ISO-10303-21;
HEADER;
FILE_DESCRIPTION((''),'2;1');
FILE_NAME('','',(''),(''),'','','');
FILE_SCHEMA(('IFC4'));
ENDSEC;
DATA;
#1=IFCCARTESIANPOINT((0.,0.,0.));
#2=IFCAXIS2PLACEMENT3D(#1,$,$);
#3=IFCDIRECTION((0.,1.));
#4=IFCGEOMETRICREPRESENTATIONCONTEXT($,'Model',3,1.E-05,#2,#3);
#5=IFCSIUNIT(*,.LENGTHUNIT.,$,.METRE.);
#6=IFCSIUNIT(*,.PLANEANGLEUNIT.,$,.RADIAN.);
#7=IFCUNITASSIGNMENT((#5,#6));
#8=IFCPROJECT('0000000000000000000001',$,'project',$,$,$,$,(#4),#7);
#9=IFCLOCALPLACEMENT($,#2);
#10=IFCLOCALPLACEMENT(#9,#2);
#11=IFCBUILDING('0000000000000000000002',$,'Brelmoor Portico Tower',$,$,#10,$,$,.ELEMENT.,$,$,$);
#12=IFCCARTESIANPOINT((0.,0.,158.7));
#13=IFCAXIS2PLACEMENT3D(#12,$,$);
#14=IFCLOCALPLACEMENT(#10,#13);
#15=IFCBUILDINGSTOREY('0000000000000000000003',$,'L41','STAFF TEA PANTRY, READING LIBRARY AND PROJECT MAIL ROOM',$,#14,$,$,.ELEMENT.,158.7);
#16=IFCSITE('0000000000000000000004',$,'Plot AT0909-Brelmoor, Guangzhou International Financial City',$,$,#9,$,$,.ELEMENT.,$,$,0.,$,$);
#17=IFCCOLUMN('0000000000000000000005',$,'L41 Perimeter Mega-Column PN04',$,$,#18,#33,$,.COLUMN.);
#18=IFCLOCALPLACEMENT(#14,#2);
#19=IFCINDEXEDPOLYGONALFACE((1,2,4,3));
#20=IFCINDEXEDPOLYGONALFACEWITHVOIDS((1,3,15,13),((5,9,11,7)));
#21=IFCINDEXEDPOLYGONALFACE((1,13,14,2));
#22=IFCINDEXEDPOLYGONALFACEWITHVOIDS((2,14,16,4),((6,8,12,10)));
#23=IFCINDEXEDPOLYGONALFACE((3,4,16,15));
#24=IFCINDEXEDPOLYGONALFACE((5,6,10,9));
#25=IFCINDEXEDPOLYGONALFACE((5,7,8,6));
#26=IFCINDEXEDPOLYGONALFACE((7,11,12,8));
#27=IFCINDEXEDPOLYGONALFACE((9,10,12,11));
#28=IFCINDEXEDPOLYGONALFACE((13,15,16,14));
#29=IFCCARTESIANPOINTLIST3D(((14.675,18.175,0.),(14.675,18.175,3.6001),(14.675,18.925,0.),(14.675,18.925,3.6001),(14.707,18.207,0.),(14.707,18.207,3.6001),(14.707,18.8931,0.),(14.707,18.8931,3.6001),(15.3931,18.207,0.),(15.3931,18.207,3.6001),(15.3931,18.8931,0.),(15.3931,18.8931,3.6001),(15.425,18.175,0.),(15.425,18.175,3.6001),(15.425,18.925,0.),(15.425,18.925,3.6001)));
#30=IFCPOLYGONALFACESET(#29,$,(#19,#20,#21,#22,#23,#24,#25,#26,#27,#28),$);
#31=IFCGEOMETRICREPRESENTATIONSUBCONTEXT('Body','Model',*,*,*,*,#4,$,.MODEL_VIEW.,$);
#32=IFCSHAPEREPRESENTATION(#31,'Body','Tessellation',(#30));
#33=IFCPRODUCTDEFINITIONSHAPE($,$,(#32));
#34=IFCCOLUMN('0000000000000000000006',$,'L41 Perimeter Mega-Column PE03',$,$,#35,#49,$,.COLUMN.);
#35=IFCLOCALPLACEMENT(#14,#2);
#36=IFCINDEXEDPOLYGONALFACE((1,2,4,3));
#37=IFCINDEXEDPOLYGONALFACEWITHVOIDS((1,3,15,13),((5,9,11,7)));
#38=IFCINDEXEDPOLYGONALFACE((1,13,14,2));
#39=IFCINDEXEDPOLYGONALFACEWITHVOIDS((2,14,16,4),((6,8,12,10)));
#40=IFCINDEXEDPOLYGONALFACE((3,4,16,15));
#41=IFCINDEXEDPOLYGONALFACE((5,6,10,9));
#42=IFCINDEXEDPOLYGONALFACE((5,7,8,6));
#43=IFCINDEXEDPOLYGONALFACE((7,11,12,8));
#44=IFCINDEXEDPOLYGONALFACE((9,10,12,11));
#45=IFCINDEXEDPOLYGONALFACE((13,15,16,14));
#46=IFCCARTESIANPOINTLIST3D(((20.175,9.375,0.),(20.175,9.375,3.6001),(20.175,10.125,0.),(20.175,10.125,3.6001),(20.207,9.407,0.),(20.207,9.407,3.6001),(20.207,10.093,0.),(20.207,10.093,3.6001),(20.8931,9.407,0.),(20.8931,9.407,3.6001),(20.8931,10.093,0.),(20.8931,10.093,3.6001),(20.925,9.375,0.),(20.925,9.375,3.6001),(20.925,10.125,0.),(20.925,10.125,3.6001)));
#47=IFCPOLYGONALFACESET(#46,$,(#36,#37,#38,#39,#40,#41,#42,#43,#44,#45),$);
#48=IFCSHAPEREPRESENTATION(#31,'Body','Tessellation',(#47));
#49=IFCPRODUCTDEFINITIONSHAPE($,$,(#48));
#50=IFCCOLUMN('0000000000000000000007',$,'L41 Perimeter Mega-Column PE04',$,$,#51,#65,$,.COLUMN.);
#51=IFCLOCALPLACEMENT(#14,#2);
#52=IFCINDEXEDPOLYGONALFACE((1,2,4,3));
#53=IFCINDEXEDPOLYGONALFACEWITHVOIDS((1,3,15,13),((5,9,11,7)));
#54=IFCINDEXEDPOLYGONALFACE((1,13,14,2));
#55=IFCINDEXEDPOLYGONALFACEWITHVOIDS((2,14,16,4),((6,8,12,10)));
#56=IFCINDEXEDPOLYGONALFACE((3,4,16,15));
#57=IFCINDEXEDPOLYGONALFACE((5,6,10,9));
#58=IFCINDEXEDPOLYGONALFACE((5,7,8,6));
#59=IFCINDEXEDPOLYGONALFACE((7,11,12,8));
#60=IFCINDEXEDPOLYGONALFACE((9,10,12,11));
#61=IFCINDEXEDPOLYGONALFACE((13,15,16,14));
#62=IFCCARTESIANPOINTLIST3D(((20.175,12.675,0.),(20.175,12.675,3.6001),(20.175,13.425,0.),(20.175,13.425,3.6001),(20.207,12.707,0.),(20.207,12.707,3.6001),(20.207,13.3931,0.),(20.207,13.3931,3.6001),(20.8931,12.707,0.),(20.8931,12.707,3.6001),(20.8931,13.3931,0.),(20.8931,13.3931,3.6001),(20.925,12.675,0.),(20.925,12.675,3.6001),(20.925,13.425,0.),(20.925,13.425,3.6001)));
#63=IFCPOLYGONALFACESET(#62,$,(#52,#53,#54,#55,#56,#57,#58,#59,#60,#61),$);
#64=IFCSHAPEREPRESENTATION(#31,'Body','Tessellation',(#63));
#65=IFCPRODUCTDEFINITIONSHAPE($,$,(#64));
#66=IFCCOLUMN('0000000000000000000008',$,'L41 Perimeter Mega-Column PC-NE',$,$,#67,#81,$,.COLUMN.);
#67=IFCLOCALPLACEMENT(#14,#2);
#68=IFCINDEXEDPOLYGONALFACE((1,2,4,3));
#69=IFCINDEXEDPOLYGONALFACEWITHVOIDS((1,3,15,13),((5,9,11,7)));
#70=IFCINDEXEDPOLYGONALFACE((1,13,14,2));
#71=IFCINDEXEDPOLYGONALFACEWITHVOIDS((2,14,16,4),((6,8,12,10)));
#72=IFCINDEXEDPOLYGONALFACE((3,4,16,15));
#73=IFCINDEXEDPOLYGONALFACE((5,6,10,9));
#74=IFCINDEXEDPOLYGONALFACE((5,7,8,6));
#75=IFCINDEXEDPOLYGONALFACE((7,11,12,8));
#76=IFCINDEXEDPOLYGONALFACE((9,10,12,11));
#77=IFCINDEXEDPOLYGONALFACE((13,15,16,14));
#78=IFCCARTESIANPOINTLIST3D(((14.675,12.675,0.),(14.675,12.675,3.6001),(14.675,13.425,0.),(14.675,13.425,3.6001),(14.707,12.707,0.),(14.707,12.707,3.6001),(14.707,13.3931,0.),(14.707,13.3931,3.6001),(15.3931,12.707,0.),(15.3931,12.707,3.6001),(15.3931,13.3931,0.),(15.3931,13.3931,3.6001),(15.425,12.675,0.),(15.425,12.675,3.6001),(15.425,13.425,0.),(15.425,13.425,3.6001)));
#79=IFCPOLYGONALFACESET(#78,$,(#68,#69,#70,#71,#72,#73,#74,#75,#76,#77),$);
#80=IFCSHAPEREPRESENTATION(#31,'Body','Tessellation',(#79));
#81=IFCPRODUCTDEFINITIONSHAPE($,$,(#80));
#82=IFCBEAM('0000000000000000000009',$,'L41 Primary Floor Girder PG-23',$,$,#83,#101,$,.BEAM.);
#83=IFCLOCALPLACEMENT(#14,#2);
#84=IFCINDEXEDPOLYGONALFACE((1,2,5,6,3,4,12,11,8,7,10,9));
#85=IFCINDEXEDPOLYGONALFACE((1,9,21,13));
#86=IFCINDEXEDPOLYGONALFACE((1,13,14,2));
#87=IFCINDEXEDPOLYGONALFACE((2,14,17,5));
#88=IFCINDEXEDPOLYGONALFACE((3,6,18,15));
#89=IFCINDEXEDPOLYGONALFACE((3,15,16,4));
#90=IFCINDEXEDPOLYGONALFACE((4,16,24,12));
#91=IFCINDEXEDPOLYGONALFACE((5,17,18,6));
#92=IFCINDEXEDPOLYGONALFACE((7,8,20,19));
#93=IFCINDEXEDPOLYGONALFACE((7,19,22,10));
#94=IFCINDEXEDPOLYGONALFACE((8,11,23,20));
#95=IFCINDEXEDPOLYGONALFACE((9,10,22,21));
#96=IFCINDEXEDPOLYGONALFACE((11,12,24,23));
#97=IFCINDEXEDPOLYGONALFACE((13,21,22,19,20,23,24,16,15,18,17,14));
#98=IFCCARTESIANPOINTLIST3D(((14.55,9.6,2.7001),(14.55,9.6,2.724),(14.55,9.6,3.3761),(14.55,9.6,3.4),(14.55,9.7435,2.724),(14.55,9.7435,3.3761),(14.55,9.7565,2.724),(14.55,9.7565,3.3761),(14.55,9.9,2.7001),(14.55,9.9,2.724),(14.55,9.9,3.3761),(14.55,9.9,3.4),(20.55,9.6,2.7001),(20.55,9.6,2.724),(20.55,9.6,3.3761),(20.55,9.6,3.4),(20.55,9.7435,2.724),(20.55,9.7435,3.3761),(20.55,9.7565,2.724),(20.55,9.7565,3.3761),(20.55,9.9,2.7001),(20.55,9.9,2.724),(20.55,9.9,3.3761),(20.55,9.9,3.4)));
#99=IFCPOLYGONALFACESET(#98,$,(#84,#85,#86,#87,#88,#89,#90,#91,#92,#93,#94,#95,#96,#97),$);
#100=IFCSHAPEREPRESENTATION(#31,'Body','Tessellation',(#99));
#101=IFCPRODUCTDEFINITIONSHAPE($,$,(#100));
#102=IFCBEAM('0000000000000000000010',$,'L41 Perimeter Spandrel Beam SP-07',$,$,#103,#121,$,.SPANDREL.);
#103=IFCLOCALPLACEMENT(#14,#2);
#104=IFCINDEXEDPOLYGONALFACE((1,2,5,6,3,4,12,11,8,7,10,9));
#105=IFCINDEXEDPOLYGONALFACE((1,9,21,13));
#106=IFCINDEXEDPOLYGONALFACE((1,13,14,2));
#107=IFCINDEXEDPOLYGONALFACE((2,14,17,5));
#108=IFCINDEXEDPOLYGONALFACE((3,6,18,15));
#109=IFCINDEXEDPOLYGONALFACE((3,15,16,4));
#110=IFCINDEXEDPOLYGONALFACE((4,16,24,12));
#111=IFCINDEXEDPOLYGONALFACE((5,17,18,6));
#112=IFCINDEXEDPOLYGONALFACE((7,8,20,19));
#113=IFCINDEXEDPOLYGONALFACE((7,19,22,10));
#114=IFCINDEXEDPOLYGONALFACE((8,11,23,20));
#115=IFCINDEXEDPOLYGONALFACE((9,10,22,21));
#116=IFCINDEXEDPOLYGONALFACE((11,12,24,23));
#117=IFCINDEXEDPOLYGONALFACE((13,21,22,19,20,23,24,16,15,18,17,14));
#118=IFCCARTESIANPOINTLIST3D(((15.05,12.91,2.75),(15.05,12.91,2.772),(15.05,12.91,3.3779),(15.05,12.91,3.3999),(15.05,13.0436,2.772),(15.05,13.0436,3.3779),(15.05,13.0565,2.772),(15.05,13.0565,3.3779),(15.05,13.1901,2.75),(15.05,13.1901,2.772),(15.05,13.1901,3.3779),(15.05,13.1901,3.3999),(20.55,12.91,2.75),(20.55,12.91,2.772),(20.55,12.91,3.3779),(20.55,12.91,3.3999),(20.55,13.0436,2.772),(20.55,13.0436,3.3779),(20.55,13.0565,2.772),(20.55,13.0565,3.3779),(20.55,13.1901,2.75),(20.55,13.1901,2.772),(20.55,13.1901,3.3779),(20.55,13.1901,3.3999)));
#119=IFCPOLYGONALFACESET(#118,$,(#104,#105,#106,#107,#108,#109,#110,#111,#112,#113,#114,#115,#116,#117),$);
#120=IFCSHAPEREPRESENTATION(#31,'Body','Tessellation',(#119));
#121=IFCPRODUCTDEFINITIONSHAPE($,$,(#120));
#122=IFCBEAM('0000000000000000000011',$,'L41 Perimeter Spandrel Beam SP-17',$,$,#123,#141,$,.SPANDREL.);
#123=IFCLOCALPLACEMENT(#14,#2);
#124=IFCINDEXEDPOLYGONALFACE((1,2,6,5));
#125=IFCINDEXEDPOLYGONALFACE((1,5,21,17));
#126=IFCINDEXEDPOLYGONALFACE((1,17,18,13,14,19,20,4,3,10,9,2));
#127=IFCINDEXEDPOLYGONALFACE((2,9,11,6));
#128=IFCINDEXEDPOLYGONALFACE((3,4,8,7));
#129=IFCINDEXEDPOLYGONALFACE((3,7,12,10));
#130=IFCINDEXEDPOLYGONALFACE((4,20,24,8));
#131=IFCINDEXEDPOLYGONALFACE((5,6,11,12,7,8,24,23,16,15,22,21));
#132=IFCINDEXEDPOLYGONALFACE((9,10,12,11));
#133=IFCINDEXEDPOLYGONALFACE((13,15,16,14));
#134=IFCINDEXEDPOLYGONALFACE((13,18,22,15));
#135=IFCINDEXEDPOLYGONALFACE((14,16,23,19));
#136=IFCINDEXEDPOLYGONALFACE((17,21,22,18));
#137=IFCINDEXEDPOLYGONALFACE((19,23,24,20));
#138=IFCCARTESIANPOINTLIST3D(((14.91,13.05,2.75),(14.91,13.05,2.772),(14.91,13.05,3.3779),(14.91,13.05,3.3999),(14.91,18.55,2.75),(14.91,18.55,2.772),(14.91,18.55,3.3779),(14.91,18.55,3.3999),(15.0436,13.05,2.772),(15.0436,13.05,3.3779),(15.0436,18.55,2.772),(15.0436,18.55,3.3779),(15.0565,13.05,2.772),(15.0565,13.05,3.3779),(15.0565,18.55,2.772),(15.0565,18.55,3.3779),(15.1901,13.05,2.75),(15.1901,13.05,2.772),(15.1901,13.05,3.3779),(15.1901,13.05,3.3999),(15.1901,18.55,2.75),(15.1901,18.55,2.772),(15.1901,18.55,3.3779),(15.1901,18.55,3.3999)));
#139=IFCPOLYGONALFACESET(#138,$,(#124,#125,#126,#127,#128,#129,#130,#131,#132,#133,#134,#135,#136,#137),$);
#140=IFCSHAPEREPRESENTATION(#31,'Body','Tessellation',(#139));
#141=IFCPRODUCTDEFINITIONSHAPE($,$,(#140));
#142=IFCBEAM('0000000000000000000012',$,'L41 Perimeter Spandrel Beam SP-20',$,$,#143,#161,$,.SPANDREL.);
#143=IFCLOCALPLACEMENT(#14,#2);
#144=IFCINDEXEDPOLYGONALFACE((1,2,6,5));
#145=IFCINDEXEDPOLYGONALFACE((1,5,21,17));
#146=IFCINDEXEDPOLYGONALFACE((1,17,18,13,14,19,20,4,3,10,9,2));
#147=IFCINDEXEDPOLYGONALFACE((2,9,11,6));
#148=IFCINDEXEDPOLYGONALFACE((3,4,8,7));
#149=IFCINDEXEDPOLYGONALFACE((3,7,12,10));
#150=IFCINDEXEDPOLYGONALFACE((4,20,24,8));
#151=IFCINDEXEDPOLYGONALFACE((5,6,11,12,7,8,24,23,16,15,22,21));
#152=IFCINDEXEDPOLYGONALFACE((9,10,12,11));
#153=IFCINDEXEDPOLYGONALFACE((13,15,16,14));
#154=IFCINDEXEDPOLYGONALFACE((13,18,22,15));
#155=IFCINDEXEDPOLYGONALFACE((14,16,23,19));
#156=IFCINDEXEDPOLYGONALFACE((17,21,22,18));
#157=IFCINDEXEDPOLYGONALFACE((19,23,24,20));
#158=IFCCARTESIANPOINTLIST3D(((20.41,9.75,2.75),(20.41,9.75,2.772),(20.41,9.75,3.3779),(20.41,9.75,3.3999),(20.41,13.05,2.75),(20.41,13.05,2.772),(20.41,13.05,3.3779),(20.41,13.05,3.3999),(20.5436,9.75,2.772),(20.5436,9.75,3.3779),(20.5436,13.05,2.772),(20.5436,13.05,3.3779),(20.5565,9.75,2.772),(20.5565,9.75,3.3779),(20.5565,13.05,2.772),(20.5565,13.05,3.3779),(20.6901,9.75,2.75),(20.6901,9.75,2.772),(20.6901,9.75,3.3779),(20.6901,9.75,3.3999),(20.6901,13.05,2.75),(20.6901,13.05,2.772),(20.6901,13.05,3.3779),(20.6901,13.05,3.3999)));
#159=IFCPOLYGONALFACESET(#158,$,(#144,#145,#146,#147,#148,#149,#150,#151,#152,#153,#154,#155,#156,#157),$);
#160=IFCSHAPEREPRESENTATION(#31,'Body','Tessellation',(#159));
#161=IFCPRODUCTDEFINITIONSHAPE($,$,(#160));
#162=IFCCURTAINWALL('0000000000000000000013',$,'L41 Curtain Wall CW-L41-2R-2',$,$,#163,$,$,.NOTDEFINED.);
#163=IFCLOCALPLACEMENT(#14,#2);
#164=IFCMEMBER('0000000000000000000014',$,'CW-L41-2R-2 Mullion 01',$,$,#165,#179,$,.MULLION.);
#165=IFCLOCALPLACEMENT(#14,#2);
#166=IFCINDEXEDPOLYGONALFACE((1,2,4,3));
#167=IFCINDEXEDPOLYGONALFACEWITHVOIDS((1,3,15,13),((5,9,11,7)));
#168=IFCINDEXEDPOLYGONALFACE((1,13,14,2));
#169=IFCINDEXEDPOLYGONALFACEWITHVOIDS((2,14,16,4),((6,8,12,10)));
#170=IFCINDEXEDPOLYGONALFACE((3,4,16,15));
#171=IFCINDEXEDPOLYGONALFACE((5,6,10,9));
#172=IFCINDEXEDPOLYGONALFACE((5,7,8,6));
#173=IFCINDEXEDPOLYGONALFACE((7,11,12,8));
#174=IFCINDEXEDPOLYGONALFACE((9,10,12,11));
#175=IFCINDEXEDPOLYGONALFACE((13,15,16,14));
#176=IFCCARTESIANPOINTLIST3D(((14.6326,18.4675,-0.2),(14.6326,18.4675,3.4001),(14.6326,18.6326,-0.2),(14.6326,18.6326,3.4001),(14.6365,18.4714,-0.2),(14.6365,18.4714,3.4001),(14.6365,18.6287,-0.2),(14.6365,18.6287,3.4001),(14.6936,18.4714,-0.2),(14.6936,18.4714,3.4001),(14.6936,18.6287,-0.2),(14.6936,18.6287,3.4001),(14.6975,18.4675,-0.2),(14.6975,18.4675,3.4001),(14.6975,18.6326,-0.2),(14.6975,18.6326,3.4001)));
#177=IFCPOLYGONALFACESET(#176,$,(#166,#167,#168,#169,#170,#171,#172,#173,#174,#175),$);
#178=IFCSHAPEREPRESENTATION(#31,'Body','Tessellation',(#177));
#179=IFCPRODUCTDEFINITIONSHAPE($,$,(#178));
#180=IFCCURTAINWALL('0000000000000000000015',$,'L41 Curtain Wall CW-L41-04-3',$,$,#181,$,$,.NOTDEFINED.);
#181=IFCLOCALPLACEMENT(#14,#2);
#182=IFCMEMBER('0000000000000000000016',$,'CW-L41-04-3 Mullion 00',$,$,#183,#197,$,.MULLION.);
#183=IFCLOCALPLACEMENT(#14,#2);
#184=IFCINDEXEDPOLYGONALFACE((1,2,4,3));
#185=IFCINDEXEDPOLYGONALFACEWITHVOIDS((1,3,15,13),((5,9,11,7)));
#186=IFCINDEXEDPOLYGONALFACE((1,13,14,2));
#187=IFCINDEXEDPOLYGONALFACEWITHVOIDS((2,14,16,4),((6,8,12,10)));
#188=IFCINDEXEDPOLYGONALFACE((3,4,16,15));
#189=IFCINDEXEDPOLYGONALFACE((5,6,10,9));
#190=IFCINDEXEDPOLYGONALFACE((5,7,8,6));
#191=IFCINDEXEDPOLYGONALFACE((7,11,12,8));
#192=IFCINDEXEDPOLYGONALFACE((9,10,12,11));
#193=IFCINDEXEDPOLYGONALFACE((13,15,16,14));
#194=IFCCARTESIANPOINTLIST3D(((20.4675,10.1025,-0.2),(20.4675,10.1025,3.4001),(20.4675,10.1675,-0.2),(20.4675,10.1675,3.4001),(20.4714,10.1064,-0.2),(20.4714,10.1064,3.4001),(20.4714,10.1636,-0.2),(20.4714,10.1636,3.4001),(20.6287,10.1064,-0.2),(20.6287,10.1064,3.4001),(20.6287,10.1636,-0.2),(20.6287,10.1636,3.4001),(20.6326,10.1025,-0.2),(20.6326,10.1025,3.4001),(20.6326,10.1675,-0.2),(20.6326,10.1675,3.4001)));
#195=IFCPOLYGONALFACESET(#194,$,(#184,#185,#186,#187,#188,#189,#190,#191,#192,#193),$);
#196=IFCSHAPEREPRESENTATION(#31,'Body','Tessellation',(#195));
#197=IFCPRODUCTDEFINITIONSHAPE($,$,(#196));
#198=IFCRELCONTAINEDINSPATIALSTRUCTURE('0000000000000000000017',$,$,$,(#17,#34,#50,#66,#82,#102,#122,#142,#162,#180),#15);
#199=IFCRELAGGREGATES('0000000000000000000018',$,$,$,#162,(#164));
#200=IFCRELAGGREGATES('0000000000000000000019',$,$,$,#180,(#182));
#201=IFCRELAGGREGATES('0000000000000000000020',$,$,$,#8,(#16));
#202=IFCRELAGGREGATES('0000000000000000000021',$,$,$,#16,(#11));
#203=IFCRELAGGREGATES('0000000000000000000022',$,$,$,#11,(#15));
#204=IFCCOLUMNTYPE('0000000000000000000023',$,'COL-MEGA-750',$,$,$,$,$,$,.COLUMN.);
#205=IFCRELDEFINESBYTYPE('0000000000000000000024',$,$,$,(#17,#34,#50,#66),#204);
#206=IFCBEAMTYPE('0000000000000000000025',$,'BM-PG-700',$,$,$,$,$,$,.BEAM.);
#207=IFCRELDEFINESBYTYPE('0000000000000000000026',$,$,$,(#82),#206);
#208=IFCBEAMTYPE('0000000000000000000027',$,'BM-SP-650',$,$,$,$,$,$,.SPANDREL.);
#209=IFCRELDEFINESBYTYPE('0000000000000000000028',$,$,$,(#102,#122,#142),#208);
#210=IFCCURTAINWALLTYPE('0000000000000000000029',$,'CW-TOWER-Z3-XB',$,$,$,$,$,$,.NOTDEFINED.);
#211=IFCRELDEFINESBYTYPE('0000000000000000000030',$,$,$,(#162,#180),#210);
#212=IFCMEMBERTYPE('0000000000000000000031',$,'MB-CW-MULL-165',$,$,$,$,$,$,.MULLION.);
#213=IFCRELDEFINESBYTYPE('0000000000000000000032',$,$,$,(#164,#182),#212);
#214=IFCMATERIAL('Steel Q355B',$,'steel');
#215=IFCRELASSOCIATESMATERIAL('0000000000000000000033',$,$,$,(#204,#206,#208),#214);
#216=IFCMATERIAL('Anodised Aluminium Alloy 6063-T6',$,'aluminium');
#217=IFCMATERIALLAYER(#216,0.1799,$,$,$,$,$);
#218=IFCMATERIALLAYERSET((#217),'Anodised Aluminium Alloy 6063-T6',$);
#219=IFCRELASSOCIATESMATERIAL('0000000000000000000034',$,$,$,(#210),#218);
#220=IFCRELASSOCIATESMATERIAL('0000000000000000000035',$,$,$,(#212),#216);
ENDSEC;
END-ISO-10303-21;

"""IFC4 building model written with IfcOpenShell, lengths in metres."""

from ifc_helpers import new_model, si_unit, direction, frame, origin, origin_2d, place, context, subcontext, project, spatial, hollow_rectangle, i_section, extrude, material, layer, layer_set, material_profile, profile_set, type_object, element, aggregate, save


model = new_model("IFC4")

# Units and contexts
model_context = context("Model", 3, precision=1e-05, world=origin(), true_north=direction((0.0, 1.0)))
body_context = subcontext(model_context, "Body", "Model", "MODEL_VIEW")
ifc_project = project(units=[si_unit("LENGTHUNIT", "METRE"), si_unit("PLANEANGLEUNIT", "RADIAN")], contexts=[model_context])

# Site, building, storey
site_placement = place(None, origin())
site = spatial("IfcSite", under=ifc_project, at=site_placement, Name="Plot AT0909-Brelmoor, Guangzhou International Financial City", CompositionType="ELEMENT", RefElevation=0.0)
building_placement = place(site_placement, origin())
building = spatial("IfcBuilding", under=site, at=building_placement, Name="Brelmoor Portico Tower", CompositionType="ELEMENT")
storey_placement = place(building_placement, frame((0.0, 0.0, 158.7)))
storey = spatial("IfcBuildingStorey", under=building, at=storey_placement, Name="L41", Description="STAFF TEA PANTRY, READING LIBRARY AND PROJECT MAIL ROOM", CompositionType="ELEMENT", Elevation=158.7)

# Columns
ifc_material_1 = material(Name="Steel Q355B", Category="steel")
ifc_material_profile_1 = material_profile(ifc_material_1, hollow_rectangle(XDim=0.75, YDim=0.75, WallThickness=0.032, at=origin_2d()), Name="BOX 750x750x32")
ifc_profile_set_1 = profile_set([ifc_material_profile_1], Name="Steel Q355B")
column_type = type_object("IfcColumnType", Name="COL-MEGA-750", PredefinedType="COLUMN", material=ifc_profile_set_1)
for number, where, z_axis, x_axis, name in (
    (1, (15.05, 18.55, 0.0), (0.0, 0.0, 1.0), (1.0, 0.0, 0.0), "L41 Perimeter Mega-Column PN04"),
    (2, (20.55, 9.75, 0.0), (0.0, 0.0, 1.0), (0.0, 1.0, 0.0), "L41 Perimeter Mega-Column PE03"),
    (3, (20.55, 13.05, 0.0), (0.0, 0.0, 1.0), (0.0, 1.0, 0.0), "L41 Perimeter Mega-Column PE04"),
    (4, (15.05, 13.05, 0.0), (0.0, 0.0, 1.0), (1.0, 0.0, 0.0), "L41 Perimeter Mega-Column PC-NE"),
):
    element("IfcColumn", number, at=place(storey_placement, frame(where, z_axis=z_axis, x_axis=x_axis)), inside=storey, type_object=column_type, Name=name, PredefinedType="COLUMN", context=body_context, shape_type="SweptSolid", body=[
        extrude(hollow_rectangle(XDim=0.75, YDim=0.75, WallThickness=0.032, at=origin_2d()), origin(), (0.0, 0.0, 1.0), 3.6001),
    ])

# Beams
ifc_material_profile_2 = material_profile(ifc_material_1, i_section(OverallWidth=0.3, OverallDepth=0.7, WebThickness=0.0129, FlangeThickness=0.0239, at=origin_2d()), Name="HN 700x300x13x24")
ifc_profile_set_2 = profile_set([ifc_material_profile_2], Name="Steel Q355B")
beam_type_1 = type_object("IfcBeamType", Name="BM-PG-700", PredefinedType="BEAM", material=ifc_profile_set_2)
beam_1_placement = place(storey_placement, frame((14.55, 9.75, 3.05), z_axis=(1.0, 0.0, 0.0), x_axis=(0.0, 1.0, 0.0)))
element("IfcBeam", 5, at=beam_1_placement, inside=storey, type_object=beam_type_1, Name="L41 Primary Floor Girder PG-23", PredefinedType="BEAM", context=body_context, shape_type="SweptSolid", body=[
    extrude(i_section(OverallWidth=0.3, OverallDepth=0.7, WebThickness=0.0129, FlangeThickness=0.0239, at=origin_2d()), origin(), (0.0, 0.0, 1.0), 6.0),
])
ifc_material_profile_3 = material_profile(ifc_material_1, i_section(OverallWidth=0.28, OverallDepth=0.6499, WebThickness=0.0129, FlangeThickness=0.022, at=origin_2d()), Name="HN 650x280x13x22")
ifc_profile_set_3 = profile_set([ifc_material_profile_3], Name="Steel Q355B")
beam_type_2 = type_object("IfcBeamType", Name="BM-SP-650", PredefinedType="SPANDREL", material=ifc_profile_set_3)
for number, where, z_axis, x_axis, name in (
    (6, (15.05, 13.05, 3.075), (1.0, 0.0, 0.0), (0.0, 1.0, 0.0), "L41 Perimeter Spandrel Beam SP-07"),
    (7, (15.05, 13.05, 3.075), (0.0, 1.0, 0.0), (-1.0, 0.0, 0.0), "L41 Perimeter Spandrel Beam SP-17"),
):
    element("IfcBeam", number, at=place(storey_placement, frame(where, z_axis=z_axis, x_axis=x_axis)), inside=storey, type_object=beam_type_2, Name=name, PredefinedType="SPANDREL", context=body_context, shape_type="SweptSolid", body=[
        extrude(i_section(OverallWidth=0.28, OverallDepth=0.6499, WebThickness=0.0129, FlangeThickness=0.022, at=origin_2d()), origin(), (0.0, 0.0, 1.0), 5.5),
    ])
beam_2_placement = place(storey_placement, frame((20.55, 9.75, 3.075), z_axis=(0.0, 1.0, 0.0), x_axis=(-1.0, 0.0, 0.0)))
element("IfcBeam", 8, at=beam_2_placement, inside=storey, type_object=beam_type_2, Name="L41 Perimeter Spandrel Beam SP-20", PredefinedType="SPANDREL", context=body_context, shape_type="SweptSolid", body=[
    extrude(i_section(OverallWidth=0.28, OverallDepth=0.6499, WebThickness=0.0129, FlangeThickness=0.022, at=origin_2d()), origin(), (0.0, 0.0, 1.0), 3.3),
])

# Curtain wall, member
ifc_material_2 = material(Name="Anodised Aluminium Alloy 6063-T6", Category="aluminium")
ifc_layer_1 = layer(ifc_material_2, 0.1799)
ifc_layer_set_1 = layer_set([ifc_layer_1], Name="Anodised Aluminium Alloy 6063-T6")
curtain_wall_type = type_object("IfcCurtainWallType", Name="CW-TOWER-Z3-XB", PredefinedType="NOTDEFINED", material=ifc_layer_set_1)
curtain_wall_1_placement = place(storey_placement, origin())
curtain_wall_1 = element("IfcCurtainWall", 9, at=curtain_wall_1_placement, inside=storey, type_object=curtain_wall_type, Name="L41 Curtain Wall CW-L41-2R-2", PredefinedType="NOTDEFINED")
ifc_material_profile_4 = material_profile(ifc_material_2, hollow_rectangle(XDim=0.0649, YDim=0.165, WallThickness=0.0039, at=origin_2d()), Name="ALU MULLION 65x165")
ifc_profile_set_4 = profile_set([ifc_material_profile_4], Name="Anodised Aluminium Alloy 6063-T6")
member_type_1 = type_object("IfcMemberType", Name="MB-CW-MULL-165", PredefinedType="MULLION", material=ifc_profile_set_4)
member_1_placement = place(storey_placement, frame((14.665, 18.55, -0.2), z_axis=(0.0, 0.0, 1.0), x_axis=(1.0, 0.0, 0.0)))
member_1 = element("IfcMember", 10, at=member_1_placement, type_object=member_type_1, Name="CW-L41-2R-2 Mullion 01", PredefinedType="MULLION", context=body_context, shape_type="SweptSolid", body=[
    extrude(hollow_rectangle(XDim=0.0649, YDim=0.165, WallThickness=0.0039, at=origin_2d()), origin(), (0.0, 0.0, 1.0), 3.6001),
])
aggregate(curtain_wall_1, [member_1])

# Curtain wall, member
curtain_wall_2_placement = place(storey_placement, origin())
curtain_wall_2 = element("IfcCurtainWall", 11, at=curtain_wall_2_placement, inside=storey, type_object=curtain_wall_type, Name="L41 Curtain Wall CW-L41-04-3", PredefinedType="NOTDEFINED")
member_2_placement = place(storey_placement, frame((20.55, 10.135, -0.2), z_axis=(0.0, 0.0, 1.0), x_axis=(0.0, 1.0, 0.0)))
member_2 = element("IfcMember", 12, at=member_2_placement, type_object=member_type_1, Name="CW-L41-04-3 Mullion 00", PredefinedType="MULLION", context=body_context, shape_type="SweptSolid", body=[
    extrude(hollow_rectangle(XDim=0.0649, YDim=0.165, WallThickness=0.0039, at=origin_2d()), origin(), (0.0, 0.0, 1.0), 3.6001),
])
aggregate(curtain_wall_2, [member_2])

save(model, "model.ifc")
